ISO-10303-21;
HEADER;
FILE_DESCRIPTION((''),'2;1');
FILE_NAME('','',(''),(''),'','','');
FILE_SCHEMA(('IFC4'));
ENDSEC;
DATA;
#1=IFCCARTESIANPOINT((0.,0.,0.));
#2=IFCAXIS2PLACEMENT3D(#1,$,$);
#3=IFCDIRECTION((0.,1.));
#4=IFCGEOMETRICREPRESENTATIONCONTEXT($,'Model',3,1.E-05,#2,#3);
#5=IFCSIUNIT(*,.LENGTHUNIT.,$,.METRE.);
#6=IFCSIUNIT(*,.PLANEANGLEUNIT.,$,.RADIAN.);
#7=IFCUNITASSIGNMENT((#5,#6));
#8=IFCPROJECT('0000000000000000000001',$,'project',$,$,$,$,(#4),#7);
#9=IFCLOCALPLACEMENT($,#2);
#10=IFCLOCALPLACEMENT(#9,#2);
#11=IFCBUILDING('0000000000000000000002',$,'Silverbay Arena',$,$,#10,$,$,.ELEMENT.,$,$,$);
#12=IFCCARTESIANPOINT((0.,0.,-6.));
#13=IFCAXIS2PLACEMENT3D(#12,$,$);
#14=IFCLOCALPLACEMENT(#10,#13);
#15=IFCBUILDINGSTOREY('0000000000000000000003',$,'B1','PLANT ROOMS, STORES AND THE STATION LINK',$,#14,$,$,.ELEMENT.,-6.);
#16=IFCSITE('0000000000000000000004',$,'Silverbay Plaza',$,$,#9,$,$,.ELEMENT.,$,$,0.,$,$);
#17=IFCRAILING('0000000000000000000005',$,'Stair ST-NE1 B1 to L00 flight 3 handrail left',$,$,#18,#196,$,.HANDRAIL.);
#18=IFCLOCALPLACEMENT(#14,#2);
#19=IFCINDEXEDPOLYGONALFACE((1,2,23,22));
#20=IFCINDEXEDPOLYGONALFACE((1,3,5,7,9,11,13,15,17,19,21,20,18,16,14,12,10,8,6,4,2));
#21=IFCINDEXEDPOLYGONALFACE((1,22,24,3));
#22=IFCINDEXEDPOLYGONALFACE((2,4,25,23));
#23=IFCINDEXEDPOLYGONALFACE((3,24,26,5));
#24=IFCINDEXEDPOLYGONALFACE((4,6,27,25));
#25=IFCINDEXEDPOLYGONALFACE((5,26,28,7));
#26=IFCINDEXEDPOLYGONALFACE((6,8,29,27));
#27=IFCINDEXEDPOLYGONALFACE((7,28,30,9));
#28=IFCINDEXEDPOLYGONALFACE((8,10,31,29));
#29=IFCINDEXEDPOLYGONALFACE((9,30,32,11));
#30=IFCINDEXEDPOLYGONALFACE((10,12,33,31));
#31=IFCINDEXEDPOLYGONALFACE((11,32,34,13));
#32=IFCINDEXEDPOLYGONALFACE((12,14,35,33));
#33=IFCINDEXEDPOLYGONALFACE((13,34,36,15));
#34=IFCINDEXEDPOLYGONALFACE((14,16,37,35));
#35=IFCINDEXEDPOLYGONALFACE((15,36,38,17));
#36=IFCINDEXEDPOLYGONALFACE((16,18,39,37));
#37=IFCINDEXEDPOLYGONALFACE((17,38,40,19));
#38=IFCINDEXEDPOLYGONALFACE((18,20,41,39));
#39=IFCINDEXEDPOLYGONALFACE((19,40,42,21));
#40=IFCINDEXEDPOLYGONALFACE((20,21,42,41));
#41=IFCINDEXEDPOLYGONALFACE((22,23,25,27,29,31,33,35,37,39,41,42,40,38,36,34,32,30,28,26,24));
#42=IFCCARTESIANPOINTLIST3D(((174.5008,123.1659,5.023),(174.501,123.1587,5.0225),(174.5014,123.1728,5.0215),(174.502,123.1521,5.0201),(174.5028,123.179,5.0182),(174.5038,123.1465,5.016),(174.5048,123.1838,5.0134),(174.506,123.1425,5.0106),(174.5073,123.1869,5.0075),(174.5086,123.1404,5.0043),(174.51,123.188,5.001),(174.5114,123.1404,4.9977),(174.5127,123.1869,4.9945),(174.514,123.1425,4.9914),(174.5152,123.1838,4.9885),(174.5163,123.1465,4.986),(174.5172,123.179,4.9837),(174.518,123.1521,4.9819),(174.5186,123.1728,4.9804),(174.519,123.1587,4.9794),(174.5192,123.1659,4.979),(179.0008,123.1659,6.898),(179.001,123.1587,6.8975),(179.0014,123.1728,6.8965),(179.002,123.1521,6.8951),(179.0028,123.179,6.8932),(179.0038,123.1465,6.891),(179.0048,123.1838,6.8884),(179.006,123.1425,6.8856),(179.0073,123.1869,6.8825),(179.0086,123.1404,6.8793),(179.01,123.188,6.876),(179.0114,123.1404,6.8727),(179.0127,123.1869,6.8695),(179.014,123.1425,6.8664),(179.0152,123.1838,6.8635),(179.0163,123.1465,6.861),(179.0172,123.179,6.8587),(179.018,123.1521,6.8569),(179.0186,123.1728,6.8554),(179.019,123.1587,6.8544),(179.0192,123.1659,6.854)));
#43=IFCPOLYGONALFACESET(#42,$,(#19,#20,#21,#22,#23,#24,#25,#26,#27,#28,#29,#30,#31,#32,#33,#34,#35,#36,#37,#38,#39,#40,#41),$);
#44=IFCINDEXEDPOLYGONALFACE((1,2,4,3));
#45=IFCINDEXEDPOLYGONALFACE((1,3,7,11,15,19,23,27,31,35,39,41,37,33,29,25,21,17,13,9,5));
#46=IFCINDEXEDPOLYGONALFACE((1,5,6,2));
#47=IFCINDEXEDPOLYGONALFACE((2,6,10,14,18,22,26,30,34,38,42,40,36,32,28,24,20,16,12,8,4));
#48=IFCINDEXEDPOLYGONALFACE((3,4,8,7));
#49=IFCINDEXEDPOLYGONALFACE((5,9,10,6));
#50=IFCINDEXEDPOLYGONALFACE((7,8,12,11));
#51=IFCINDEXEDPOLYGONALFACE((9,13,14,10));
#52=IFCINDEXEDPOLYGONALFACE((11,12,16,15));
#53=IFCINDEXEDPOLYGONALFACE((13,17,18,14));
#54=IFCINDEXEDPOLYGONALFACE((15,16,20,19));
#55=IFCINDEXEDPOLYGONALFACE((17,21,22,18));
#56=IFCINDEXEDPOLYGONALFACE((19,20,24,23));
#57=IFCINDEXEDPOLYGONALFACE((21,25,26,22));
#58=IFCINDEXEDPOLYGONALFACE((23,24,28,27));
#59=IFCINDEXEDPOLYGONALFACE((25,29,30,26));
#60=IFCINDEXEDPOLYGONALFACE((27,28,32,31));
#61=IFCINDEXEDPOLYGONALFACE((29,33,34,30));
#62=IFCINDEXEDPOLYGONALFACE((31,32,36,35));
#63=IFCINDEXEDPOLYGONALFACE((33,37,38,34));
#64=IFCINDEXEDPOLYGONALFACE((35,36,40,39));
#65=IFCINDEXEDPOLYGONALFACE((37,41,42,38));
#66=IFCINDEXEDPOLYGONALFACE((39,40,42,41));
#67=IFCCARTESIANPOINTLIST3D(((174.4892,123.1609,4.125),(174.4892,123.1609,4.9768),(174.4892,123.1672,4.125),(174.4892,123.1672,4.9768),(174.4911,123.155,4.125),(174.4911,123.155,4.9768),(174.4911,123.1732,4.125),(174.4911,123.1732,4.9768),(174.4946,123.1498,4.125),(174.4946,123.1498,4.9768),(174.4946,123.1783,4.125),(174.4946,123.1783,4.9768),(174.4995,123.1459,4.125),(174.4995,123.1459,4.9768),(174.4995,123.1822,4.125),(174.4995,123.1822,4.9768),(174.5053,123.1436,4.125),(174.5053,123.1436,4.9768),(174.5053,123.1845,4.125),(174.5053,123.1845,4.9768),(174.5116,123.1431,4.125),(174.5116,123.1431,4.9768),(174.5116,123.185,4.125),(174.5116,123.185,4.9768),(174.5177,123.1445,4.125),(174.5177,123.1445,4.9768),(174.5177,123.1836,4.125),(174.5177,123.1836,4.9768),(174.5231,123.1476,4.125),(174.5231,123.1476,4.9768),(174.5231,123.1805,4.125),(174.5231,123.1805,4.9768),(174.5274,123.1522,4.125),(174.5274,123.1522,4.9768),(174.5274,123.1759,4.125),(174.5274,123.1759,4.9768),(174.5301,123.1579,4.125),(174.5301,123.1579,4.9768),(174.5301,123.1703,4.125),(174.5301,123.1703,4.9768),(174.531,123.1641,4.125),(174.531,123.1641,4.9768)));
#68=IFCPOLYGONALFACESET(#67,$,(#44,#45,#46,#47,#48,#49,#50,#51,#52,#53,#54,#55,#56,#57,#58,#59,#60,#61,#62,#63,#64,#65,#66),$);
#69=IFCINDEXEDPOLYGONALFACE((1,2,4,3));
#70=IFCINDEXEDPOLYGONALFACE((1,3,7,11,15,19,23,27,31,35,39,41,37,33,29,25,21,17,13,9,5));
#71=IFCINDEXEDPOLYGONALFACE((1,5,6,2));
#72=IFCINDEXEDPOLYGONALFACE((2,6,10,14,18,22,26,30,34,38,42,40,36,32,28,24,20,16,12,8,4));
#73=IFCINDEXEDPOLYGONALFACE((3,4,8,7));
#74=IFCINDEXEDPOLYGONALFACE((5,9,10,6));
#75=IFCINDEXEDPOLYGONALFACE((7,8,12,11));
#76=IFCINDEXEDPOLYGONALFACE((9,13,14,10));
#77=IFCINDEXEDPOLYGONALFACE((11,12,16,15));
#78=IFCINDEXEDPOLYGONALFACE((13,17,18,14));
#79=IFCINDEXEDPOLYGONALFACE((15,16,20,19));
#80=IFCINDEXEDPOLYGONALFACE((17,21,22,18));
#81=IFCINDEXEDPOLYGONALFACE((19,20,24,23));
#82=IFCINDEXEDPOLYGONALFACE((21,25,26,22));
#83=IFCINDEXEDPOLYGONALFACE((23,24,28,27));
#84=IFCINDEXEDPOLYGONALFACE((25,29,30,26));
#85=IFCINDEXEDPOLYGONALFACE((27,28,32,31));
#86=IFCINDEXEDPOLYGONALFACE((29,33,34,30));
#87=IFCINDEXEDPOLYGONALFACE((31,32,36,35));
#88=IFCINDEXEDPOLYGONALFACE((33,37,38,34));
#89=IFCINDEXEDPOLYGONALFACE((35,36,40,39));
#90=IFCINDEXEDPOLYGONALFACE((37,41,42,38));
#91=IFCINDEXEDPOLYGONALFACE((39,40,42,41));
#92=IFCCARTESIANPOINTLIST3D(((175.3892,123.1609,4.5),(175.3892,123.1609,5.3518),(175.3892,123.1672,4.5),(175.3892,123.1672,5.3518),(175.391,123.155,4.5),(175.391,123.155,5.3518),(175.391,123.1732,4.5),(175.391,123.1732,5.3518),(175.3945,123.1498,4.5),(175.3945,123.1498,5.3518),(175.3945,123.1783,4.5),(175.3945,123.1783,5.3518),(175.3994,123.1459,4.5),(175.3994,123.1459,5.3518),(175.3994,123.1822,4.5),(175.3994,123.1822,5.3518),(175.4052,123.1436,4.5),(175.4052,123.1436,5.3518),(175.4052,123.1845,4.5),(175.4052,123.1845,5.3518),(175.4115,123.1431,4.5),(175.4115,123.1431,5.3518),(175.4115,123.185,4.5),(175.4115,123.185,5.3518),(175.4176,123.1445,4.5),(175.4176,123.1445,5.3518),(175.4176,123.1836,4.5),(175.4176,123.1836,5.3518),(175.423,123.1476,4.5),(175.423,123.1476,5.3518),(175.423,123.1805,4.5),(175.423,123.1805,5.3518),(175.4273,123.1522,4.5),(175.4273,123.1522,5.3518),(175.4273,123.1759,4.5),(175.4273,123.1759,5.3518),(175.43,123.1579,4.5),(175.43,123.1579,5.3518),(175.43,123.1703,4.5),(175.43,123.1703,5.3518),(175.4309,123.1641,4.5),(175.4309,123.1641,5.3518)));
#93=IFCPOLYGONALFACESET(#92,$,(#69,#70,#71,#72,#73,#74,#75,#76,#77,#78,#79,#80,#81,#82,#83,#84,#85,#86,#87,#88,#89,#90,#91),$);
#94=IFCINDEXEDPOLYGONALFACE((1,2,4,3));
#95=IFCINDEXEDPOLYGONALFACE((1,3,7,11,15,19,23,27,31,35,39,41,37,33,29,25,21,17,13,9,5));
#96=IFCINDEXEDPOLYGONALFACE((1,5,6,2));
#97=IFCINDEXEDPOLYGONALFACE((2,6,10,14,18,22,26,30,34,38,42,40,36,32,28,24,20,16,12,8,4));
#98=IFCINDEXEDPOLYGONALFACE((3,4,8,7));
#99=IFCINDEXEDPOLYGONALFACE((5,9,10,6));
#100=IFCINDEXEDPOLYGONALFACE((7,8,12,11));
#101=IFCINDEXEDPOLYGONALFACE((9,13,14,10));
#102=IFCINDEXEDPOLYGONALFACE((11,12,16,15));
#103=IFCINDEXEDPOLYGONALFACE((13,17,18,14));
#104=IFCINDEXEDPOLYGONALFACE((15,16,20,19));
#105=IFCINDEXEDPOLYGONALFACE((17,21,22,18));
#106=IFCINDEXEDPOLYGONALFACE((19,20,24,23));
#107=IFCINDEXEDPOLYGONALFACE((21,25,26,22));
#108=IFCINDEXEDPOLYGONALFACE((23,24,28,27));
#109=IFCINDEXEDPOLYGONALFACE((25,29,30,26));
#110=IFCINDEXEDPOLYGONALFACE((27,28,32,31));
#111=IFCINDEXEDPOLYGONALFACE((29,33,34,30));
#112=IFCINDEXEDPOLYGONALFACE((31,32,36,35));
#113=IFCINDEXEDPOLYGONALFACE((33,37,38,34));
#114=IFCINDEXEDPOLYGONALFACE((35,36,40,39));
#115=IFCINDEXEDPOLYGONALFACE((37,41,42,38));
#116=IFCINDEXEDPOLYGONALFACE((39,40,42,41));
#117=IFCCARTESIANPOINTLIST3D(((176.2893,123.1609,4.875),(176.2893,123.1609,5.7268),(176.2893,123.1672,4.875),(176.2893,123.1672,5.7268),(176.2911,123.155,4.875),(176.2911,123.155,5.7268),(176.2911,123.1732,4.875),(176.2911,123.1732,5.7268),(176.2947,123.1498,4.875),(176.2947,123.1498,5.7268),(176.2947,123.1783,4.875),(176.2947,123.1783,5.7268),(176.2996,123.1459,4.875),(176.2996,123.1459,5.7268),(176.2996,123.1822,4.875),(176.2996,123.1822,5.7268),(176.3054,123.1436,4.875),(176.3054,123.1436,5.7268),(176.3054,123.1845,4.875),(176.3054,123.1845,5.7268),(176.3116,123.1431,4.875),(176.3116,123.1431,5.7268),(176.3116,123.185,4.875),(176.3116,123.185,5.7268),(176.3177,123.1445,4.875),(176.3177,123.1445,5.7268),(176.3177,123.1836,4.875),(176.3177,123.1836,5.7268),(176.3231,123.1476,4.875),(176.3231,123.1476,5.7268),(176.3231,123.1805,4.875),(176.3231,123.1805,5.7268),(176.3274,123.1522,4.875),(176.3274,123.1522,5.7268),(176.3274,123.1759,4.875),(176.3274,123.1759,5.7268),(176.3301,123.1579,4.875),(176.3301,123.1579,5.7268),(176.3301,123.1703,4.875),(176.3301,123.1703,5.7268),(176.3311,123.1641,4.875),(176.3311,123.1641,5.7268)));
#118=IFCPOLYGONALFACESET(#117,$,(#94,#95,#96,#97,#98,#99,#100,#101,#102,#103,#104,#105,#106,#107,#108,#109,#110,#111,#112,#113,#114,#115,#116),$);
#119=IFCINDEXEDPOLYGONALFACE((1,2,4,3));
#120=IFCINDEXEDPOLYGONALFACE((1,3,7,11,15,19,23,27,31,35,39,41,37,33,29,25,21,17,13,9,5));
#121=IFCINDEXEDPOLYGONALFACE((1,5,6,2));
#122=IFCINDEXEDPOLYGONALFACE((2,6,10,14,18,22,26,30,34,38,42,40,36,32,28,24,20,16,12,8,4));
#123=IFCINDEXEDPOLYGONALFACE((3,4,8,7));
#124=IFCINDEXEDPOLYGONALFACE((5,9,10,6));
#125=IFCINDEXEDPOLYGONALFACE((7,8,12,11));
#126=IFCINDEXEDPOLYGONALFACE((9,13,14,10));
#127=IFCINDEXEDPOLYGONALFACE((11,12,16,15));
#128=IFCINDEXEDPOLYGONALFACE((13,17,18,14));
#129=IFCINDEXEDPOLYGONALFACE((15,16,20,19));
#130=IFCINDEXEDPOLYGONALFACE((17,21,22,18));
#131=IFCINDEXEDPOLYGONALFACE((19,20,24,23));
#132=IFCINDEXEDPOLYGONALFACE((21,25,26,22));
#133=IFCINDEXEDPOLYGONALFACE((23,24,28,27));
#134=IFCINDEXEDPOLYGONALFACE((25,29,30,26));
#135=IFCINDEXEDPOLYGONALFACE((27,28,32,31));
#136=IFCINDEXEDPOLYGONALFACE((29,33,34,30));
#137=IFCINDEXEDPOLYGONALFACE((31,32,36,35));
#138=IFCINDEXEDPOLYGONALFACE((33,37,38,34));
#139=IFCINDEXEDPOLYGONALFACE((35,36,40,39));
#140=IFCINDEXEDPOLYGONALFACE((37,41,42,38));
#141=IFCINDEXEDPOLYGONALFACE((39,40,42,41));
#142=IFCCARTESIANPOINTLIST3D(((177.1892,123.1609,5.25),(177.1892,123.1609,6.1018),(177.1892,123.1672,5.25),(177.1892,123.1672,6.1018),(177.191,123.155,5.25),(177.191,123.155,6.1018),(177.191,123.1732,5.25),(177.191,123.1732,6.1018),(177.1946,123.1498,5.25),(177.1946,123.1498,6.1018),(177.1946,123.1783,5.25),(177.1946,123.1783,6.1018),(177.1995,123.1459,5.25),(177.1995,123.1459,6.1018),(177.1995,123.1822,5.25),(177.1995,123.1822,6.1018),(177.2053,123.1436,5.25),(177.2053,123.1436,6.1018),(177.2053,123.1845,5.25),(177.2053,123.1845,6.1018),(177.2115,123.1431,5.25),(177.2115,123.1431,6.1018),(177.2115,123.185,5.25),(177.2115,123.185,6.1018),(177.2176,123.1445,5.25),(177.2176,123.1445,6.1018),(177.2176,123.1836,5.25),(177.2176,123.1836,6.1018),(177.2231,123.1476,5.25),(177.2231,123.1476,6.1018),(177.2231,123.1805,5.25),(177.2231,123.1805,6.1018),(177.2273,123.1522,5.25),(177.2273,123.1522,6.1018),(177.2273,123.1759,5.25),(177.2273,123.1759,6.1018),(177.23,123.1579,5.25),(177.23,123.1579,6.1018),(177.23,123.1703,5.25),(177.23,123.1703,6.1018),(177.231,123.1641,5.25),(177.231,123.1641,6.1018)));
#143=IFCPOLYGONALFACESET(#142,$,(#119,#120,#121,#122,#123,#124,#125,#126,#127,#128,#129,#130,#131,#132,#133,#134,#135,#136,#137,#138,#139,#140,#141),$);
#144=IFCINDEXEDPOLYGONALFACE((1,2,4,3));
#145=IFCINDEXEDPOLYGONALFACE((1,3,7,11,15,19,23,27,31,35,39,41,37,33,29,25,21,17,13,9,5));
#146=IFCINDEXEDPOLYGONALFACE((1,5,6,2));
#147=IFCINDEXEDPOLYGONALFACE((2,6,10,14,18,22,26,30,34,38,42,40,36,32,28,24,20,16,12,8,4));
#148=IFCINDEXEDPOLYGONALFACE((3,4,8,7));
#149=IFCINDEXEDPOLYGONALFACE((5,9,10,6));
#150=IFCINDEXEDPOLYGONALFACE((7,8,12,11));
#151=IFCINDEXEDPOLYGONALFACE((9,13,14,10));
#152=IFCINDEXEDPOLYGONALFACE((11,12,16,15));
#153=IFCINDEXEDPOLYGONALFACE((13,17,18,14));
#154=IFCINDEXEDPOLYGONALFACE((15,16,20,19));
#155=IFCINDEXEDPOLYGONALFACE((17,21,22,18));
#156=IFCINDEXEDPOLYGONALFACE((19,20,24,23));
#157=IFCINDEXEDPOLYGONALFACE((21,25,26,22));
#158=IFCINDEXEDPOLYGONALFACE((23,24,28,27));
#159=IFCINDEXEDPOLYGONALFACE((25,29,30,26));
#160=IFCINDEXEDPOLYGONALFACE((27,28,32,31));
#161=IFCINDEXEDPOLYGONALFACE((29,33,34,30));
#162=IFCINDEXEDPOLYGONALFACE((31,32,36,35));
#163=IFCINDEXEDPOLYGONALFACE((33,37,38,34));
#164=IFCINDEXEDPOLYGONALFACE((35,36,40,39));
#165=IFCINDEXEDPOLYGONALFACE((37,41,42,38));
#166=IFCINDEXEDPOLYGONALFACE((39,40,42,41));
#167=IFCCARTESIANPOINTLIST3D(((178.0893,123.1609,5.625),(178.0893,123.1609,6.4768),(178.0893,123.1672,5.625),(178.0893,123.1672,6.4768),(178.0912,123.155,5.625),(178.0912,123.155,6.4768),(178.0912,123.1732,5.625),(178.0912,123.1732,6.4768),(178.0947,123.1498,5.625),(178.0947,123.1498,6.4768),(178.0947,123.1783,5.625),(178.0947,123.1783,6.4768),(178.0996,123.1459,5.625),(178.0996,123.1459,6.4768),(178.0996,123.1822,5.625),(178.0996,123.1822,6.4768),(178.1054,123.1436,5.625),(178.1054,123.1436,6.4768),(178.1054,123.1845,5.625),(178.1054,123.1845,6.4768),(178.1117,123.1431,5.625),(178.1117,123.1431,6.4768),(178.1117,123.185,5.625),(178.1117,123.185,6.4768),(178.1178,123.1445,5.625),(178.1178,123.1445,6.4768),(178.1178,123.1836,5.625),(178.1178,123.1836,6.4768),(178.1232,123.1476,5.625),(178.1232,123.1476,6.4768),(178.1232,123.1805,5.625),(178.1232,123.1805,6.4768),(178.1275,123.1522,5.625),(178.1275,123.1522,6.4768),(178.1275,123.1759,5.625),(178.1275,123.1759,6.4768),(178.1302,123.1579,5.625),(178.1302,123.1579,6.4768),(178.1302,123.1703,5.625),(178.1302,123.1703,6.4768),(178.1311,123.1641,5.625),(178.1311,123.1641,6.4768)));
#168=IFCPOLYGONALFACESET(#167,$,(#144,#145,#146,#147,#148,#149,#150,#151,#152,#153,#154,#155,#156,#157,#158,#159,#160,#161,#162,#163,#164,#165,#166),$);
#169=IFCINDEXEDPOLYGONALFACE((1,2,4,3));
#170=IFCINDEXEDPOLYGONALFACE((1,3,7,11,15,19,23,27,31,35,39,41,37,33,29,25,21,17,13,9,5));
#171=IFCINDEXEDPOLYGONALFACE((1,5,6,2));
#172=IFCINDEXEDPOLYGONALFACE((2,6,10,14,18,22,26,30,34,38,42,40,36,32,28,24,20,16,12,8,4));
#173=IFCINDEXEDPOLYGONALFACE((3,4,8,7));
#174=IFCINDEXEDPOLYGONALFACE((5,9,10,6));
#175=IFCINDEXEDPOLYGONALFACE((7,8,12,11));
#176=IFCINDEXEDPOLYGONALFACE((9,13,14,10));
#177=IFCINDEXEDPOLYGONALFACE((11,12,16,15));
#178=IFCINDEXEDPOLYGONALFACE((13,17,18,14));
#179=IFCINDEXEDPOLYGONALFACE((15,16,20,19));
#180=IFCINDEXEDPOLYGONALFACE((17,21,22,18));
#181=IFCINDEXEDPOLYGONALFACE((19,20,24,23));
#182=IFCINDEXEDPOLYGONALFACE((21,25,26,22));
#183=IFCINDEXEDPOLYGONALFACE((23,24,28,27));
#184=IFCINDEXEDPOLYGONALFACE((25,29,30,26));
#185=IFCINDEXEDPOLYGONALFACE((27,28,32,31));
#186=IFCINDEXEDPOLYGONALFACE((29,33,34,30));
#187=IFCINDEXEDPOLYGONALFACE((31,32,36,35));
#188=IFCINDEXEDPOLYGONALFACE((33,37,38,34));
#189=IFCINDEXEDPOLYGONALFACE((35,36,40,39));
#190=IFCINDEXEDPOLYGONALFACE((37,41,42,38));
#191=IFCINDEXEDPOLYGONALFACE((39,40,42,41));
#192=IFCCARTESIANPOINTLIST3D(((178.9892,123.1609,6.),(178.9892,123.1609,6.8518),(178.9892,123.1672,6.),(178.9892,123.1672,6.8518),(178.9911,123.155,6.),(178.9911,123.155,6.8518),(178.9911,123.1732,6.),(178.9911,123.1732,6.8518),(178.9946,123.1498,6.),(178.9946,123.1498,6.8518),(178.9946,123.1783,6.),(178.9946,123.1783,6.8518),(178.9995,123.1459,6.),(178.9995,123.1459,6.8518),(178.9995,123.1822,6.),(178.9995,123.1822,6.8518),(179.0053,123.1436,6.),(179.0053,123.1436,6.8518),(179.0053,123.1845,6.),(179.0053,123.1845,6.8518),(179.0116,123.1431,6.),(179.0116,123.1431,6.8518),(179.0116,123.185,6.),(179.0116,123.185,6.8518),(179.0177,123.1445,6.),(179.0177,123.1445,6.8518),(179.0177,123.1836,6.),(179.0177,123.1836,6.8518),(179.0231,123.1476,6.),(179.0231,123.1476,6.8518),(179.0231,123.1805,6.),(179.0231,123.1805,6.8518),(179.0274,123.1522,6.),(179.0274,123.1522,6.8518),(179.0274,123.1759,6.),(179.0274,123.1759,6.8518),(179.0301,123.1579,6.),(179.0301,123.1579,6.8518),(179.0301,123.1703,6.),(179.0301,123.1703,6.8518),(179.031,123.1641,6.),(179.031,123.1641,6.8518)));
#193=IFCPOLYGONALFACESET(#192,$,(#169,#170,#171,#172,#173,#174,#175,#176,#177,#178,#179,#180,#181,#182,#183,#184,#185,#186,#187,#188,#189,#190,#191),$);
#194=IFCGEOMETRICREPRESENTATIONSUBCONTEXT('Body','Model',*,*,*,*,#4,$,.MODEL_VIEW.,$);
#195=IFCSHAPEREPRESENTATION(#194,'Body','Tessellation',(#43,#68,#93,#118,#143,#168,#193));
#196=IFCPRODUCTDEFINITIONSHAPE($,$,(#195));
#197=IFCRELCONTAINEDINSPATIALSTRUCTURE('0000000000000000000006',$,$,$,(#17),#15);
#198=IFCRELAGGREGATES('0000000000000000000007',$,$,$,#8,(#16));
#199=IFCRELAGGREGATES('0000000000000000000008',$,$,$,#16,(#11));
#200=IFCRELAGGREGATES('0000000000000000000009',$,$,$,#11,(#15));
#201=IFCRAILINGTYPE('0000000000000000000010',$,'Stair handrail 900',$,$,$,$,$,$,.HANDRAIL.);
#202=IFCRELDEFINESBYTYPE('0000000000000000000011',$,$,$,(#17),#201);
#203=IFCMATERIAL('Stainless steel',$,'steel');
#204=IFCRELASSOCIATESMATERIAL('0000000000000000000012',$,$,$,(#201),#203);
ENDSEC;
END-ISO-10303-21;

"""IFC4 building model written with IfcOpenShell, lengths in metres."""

from ifc_helpers import new_model, si_unit, direction, frame, origin, origin_2d, place, context, subcontext, project, spatial, circle, extrude, material, type_object, element, save


model = new_model("IFC4")

# Units and contexts
model_context = context("Model", 3, precision=1e-05, world=origin(), true_north=direction((0.0, 1.0)))
body_context = subcontext(model_context, "Body", "Model", "MODEL_VIEW")
ifc_project = project(units=[si_unit("LENGTHUNIT", "METRE"), si_unit("PLANEANGLEUNIT", "RADIAN")], contexts=[model_context])

# Site, building, storey
site_placement = place(None, origin())
site = spatial("IfcSite", under=ifc_project, at=site_placement, Name="Silverbay Plaza", CompositionType="ELEMENT", RefElevation=0.0)
building_placement = place(site_placement, origin())
building = spatial("IfcBuilding", under=site, at=building_placement, Name="Silverbay Arena", CompositionType="ELEMENT")
storey_placement = place(building_placement, frame((0.0, 0.0, -6.0)))
storey = spatial("IfcBuildingStorey", under=building, at=storey_placement, Name="B1", Description="PLANT ROOMS, STORES AND THE STATION LINK", CompositionType="ELEMENT", Elevation=-6.0)

# Railing
ifc_material_1 = material(Name="Stainless steel", Category="steel")
railing_type_1 = type_object("IfcRailingType", Name="Stair handrail 900", PredefinedType="HANDRAIL", material=ifc_material_1)
for number, where, name in (
    (1, (174.51, 123.1641, 4.125), "Stair ST-NE1 B1 to L00 flight 3 handrail left"),
):
    element("IfcRailing", number, at=place(storey_placement, frame(where)), inside=storey, type_object=railing_type_1, Name=name, PredefinedType="HANDRAIL", context=body_context, shape_type="SweptSolid", body=[
        extrude(circle(Radius=0.0239, at=origin_2d()), frame((0.0, 0.0, 0.876), z_axis=(0.923077, 0.0, 0.384615), x_axis=(0.0, 1.0, 0.0)), (0.0, 0.0, 1.0), 4.875),
        extrude(circle(Radius=0.021, at=origin_2d()), origin(), (0.0, 0.0, 1.0), 0.8518),
        extrude(circle(Radius=0.021, at=origin_2d()), frame((0.8999, 0.0, 0.375)), (0.0, 0.0, 1.0), 0.8518),
        extrude(circle(Radius=0.021, at=origin_2d()), frame((1.8, 0.0, 0.75)), (0.0, 0.0, 1.0), 0.8518),
        extrude(circle(Radius=0.021, at=origin_2d()), frame((2.7, 0.0, 1.125)), (0.0, 0.0, 1.0), 0.8518),
        extrude(circle(Radius=0.021, at=origin_2d()), frame((3.6001, 0.0, 1.5)), (0.0, 0.0, 1.0), 0.8518),
        extrude(circle(Radius=0.021, at=origin_2d()), frame((4.5, 0.0, 1.875)), (0.0, 0.0, 1.0), 0.8518),
    ])

save(model, "model.ifc")
